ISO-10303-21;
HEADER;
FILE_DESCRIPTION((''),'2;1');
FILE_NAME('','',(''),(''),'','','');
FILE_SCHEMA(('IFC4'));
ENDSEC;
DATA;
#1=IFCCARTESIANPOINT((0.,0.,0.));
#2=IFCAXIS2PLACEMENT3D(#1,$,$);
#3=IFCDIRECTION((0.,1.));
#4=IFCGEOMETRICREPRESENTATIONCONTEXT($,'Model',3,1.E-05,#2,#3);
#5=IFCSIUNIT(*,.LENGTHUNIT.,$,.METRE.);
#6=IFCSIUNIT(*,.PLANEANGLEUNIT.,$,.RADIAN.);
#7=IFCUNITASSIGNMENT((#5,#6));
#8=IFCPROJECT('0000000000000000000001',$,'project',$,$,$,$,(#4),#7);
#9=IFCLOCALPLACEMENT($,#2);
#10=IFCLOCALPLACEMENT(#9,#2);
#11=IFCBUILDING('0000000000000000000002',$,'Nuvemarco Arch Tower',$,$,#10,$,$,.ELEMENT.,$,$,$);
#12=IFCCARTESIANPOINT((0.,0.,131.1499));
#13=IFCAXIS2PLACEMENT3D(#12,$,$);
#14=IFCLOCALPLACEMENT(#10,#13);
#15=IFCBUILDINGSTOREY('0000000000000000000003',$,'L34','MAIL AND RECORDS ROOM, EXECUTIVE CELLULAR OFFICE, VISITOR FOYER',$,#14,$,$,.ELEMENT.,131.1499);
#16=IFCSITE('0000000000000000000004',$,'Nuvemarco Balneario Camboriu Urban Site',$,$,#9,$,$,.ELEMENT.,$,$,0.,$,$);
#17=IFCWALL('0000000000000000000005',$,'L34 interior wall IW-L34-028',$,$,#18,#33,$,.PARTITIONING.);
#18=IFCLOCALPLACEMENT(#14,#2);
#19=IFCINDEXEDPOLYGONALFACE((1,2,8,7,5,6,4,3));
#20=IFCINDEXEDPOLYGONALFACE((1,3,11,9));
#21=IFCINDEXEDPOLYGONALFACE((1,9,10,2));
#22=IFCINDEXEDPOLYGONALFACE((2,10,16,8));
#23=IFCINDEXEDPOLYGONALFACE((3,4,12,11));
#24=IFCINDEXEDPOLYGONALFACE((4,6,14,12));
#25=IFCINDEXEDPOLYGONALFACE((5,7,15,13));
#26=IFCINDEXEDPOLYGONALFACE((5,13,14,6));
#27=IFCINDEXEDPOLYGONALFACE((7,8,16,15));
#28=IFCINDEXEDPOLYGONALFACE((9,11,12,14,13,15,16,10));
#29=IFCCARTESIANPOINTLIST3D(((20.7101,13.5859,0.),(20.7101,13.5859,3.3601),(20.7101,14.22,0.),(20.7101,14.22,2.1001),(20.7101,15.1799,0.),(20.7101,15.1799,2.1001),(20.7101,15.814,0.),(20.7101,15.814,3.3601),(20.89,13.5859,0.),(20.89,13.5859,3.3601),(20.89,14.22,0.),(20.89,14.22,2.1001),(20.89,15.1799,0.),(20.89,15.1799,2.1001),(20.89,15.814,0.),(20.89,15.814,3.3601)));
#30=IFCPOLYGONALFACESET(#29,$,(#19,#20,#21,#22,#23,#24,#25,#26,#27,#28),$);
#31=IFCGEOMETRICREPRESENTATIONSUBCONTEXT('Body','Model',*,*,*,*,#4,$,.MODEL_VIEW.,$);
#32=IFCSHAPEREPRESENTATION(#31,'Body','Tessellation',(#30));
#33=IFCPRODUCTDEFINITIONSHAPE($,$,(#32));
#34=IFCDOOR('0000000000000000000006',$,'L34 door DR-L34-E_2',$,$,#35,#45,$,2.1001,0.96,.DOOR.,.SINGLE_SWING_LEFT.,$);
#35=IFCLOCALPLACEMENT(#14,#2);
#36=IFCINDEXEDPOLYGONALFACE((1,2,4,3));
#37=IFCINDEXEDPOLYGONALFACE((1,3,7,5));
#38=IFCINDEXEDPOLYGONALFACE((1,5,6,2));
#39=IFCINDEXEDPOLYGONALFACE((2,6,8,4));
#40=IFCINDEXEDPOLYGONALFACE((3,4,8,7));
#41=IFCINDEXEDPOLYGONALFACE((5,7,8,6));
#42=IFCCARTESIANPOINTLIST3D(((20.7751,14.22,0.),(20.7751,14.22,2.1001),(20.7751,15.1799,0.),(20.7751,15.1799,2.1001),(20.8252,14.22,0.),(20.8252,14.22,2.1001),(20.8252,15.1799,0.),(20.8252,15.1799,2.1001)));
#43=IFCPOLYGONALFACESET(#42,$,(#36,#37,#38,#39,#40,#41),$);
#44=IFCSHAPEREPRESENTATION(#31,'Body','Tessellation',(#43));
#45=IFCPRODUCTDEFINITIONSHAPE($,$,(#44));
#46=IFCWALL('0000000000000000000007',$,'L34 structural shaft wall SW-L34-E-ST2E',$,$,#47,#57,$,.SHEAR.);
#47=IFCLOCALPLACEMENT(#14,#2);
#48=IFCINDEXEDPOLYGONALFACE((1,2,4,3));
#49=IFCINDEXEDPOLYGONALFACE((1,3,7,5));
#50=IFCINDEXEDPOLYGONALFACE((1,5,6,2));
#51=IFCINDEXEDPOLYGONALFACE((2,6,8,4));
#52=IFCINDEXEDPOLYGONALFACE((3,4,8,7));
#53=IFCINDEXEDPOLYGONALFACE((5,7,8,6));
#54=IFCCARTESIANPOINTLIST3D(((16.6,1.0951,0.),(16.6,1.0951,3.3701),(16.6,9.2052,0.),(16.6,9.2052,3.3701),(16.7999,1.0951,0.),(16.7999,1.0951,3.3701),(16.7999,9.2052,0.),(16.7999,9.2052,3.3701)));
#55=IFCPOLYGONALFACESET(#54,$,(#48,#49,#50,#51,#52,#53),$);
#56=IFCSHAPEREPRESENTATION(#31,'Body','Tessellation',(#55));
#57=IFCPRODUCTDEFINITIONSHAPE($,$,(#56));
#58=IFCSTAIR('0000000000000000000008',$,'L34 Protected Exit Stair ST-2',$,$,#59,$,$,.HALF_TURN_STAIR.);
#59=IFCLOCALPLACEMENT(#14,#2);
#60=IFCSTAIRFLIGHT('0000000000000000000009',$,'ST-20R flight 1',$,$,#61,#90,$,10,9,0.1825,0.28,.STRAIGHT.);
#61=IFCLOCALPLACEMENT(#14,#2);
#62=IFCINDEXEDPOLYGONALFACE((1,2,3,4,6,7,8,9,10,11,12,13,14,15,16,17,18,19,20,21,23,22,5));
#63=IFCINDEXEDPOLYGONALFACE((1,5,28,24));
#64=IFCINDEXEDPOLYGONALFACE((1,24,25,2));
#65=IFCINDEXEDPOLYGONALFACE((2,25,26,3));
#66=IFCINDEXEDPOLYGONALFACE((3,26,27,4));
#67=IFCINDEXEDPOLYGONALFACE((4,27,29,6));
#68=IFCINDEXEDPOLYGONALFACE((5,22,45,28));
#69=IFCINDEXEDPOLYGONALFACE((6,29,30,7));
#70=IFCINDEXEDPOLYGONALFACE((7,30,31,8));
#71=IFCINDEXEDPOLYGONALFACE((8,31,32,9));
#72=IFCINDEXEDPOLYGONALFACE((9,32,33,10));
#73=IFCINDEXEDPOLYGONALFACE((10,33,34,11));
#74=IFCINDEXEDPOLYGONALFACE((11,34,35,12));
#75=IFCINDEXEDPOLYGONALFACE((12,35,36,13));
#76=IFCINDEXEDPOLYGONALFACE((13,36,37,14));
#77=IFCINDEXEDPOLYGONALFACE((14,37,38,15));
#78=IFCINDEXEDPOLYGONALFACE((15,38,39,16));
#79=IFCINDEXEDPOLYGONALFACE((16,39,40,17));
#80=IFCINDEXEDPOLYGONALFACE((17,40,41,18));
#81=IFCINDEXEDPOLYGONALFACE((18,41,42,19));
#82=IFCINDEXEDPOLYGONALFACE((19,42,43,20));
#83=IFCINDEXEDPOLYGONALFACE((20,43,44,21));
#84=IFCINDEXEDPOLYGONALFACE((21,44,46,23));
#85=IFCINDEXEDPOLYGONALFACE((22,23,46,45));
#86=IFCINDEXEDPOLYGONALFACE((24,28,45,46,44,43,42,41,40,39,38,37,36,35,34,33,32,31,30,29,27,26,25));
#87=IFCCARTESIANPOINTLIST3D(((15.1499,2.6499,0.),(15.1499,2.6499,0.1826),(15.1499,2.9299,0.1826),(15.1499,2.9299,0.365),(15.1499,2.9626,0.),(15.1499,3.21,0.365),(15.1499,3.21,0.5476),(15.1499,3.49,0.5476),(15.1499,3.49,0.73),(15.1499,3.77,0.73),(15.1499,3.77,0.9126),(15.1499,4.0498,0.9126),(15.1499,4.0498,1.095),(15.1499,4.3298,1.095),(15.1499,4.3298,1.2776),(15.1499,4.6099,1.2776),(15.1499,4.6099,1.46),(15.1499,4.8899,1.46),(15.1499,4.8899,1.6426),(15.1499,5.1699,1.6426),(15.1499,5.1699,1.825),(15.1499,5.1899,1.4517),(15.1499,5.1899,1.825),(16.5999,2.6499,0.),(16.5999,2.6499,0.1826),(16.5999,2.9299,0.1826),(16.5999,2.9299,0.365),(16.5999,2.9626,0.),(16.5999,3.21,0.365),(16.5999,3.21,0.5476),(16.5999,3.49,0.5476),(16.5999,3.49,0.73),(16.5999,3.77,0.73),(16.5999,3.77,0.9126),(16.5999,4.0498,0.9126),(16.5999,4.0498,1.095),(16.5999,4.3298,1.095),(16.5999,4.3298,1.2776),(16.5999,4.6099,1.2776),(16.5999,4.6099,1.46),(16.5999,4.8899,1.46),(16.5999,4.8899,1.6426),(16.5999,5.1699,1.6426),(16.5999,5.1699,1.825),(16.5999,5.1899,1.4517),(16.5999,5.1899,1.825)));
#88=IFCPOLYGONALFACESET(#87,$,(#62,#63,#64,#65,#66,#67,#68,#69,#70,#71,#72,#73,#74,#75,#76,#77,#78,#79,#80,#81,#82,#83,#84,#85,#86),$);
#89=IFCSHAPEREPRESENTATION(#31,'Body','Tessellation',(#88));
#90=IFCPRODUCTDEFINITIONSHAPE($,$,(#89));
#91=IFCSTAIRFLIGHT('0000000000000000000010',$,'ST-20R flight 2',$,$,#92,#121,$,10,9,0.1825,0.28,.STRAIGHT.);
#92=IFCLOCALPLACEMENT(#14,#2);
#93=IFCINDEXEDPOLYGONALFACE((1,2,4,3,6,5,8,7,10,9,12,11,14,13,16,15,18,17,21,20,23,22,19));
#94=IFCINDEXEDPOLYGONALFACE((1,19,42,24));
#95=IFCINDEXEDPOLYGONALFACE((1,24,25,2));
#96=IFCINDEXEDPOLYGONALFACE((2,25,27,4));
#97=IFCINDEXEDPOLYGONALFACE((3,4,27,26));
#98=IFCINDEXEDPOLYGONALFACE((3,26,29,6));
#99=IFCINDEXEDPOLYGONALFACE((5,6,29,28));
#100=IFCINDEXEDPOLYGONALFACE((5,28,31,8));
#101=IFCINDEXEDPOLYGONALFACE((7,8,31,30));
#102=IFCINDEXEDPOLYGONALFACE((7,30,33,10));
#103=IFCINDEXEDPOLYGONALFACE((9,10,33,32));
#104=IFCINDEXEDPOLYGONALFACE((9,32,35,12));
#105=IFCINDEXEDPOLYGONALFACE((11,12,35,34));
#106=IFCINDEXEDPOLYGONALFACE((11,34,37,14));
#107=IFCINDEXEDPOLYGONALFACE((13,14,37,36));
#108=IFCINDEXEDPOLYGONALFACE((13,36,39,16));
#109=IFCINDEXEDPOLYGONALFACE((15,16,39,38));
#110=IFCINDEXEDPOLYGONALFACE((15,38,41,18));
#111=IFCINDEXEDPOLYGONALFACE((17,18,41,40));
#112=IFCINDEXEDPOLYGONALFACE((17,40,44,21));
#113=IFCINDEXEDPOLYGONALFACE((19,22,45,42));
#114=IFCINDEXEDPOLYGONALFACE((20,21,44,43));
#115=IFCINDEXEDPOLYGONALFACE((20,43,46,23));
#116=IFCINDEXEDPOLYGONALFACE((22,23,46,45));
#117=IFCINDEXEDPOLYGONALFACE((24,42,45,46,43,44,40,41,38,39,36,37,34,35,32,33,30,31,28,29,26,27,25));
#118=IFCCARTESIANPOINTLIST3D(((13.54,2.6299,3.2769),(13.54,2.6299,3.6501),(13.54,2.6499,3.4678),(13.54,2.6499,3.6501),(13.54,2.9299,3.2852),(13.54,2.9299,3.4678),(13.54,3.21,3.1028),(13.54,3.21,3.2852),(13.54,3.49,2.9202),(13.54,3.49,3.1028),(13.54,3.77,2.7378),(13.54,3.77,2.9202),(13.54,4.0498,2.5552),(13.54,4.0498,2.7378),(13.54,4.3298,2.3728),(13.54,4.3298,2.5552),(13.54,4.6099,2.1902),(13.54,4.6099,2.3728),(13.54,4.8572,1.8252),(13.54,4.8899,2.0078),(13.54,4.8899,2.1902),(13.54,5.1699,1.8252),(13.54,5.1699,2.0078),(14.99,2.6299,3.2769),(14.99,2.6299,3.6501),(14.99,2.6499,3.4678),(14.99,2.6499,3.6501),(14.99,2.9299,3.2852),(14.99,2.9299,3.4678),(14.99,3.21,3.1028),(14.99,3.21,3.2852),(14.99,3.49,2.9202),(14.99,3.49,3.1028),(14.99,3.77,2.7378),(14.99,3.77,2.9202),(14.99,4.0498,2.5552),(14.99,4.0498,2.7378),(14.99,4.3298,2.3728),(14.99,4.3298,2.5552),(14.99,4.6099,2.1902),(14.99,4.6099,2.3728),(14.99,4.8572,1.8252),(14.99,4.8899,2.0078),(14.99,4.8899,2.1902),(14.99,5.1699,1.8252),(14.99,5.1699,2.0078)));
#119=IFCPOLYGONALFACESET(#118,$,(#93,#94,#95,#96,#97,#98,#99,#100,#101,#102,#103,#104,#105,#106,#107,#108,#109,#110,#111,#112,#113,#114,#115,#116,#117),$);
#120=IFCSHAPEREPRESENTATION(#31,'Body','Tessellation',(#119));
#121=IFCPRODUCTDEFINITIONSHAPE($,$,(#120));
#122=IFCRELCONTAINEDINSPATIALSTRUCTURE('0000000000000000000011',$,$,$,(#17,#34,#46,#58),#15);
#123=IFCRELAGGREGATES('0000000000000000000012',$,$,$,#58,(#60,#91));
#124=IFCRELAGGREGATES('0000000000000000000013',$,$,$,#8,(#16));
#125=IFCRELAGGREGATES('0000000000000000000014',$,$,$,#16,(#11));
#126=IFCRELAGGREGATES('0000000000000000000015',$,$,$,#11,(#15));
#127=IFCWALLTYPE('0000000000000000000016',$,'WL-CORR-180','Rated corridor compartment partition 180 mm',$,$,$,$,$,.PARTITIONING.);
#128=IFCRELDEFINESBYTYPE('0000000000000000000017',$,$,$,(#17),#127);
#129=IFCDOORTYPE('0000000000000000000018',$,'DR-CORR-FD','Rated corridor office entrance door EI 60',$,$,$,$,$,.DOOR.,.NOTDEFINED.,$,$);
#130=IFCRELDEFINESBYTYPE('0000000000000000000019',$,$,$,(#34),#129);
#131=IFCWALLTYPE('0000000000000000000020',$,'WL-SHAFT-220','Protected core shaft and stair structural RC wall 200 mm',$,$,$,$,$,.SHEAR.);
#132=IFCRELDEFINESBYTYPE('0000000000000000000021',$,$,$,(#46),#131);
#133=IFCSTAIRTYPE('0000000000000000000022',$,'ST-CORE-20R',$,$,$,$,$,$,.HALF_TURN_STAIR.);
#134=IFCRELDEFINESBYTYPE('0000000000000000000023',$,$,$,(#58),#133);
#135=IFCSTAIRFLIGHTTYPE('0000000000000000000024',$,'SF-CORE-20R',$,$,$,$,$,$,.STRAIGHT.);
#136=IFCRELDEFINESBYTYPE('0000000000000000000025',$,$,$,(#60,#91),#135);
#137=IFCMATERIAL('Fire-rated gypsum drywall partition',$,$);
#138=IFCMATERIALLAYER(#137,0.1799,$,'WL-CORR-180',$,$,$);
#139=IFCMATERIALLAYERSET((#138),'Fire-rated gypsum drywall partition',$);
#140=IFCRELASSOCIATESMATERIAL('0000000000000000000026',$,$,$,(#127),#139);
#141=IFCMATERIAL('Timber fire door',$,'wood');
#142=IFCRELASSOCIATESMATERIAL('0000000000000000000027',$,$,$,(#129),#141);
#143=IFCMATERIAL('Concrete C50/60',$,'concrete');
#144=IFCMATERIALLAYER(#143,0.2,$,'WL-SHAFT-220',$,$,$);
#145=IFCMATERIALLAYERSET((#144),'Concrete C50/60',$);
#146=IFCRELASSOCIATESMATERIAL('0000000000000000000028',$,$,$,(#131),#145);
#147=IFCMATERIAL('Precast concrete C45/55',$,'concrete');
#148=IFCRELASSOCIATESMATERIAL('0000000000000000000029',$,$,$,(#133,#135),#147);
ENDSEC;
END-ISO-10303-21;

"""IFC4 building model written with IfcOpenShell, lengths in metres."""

from ifc_helpers import new_model, si_unit, direction, frame, frame_2d, origin, place, context, subcontext, project, spatial, polyline, rectangle, outline, extrude, source, transform, mapped, material, layer, layer_set, type_object, type_shapes, element, fill, aggregate, save


model = new_model("IFC4")

# Units and contexts
model_context = context("Model", 3, precision=1e-05, world=origin(), true_north=direction((0.0, 1.0)))
body_context = subcontext(model_context, "Body", "Model", "MODEL_VIEW")
ifc_project = project(units=[si_unit("LENGTHUNIT", "METRE"), si_unit("PLANEANGLEUNIT", "RADIAN")], contexts=[model_context])

# Site, building, storey
site_placement = place(None, origin())
site = spatial("IfcSite", under=ifc_project, at=site_placement, Name="Nuvemarco Balneario Camboriu Urban Site", CompositionType="ELEMENT", RefElevation=0.0)
building_placement = place(site_placement, origin())
building = spatial("IfcBuilding", under=site, at=building_placement, Name="Nuvemarco Arch Tower", CompositionType="ELEMENT")
storey_placement = place(building_placement, frame((0.0, 0.0, 131.1499)))
storey = spatial("IfcBuildingStorey", under=building, at=storey_placement, Name="L34", Description="MAIL AND RECORDS ROOM, EXECUTIVE CELLULAR OFFICE, VISITOR FOYER", CompositionType="ELEMENT", Elevation=131.1499)

# Shared definitions
ifc_material_1 = material(Name="Concrete C50/60", Category="concrete")

# Shared definitions
ifc_material_2 = material(Name="Precast concrete C45/55", Category="concrete")

# Shared definitions
ifc_material_3 = material(Name="Fire-rated gypsum drywall partition")
ifc_layer_1 = layer(ifc_material_3, 0.1799, Name="WL-CORR-180")
ifc_layer_set_1 = layer_set([ifc_layer_1], Name="Fire-rated gypsum drywall partition")
wall_type_1 = type_object("IfcWallType", Name="WL-CORR-180", Description="Rated corridor compartment partition 180 mm", PredefinedType="PARTITIONING", material=ifc_layer_set_1)

# Wall, opening, door
wall_1_placement = place(storey_placement, frame((20.8, 13.5859, 0.0), z_axis=(0.0, 0.0, 1.0), x_axis=(0.0, 1.0, 0.0)))
wall_1 = element("IfcWall", 1, at=wall_1_placement, inside=storey, type_object=wall_type_1, Name="L34 interior wall IW-L34-028", PredefinedType="PARTITIONING", context=body_context, shape_type="SweptSolid", body=[
    extrude(rectangle(XDim=2.228, YDim=0.1799, at=frame_2d((1.114, 0.0))), origin(), (0.0, 0.0, 1.0), 3.3601),
])
opening_placement = place(wall_1_placement, frame((0.634, 0.0, 0.0)))
opening = element("IfcOpeningElement", 2, at=opening_placement, cuts=wall_1, PredefinedType="OPENING", context=body_context, shape_type="SweptSolid", body=[
    extrude(rectangle(XDim=0.96, YDim=2.1001, at=frame_2d((0.48, 1.05))), frame((0.0, 0.0999, 0.0), z_axis=(0.0, -1.0, 0.0), x_axis=(1.0, 0.0, 0.0)), (0.0, 0.0, 1.0), 0.2),
])
ifc_material_4 = material(Name="Timber fire door", Category="wood")
door_type = type_object("IfcDoorType", Name="DR-CORR-FD", Description="Rated corridor office entrance door EI 60", OperationType="NOTDEFINED", PredefinedType="DOOR", material=ifc_material_4)
shared_shape_1 = source(origin(), body_context, "Body", "SweptSolid", [
    extrude(rectangle(XDim=0.96, YDim=2.1001, at=frame_2d((0.48, 1.05))), frame((0.0, 0.0249, 0.0), z_axis=(0.0, -1.0, 0.0), x_axis=(1.0, 0.0, 0.0)), (0.0, 0.0, 1.0), 0.05),
])
type_shapes(door_type, [shared_shape_1])
door_placement = place(opening_placement, origin())
door = element("IfcDoor", 3, at=door_placement, inside=storey, type_object=door_type, Name="L34 door DR-L34-E_2", OperationType="SINGLE_SWING_LEFT", OverallHeight=2.1001, OverallWidth=0.96, PredefinedType="DOOR", context=body_context, shape_type="MappedRepresentation", body=[
    mapped(shared_shape_1, transform((0.0, 0.0, 0.0), scale=1.0)),
])
fill(opening, door)

# Wall
ifc_layer_2 = layer(ifc_material_1, 0.2, Name="WL-SHAFT-220")
ifc_layer_set_2 = layer_set([ifc_layer_2], Name="Concrete C50/60")
wall_type_2 = type_object("IfcWallType", Name="WL-SHAFT-220", Description="Protected core shaft and stair structural RC wall 200 mm", PredefinedType="SHEAR", material=ifc_layer_set_2)
wall_2_placement = place(storey_placement, frame((16.7, 1.095, 0.0), z_axis=(0.0, 0.0, 1.0), x_axis=(0.0, 1.0, 0.0)))
element("IfcWall", 4, at=wall_2_placement, inside=storey, type_object=wall_type_2, Name="L34 structural shaft wall SW-L34-E-ST2E", PredefinedType="SHEAR", context=body_context, shape_type="SweptSolid", body=[
    extrude(rectangle(XDim=8.1101, YDim=0.2, at=frame_2d((4.0552, 0.0))), origin(), (0.0, 0.0, 1.0), 3.3701),
])

# Stair, stair flights
stair_type = type_object("IfcStairType", Name="ST-CORE-20R", PredefinedType="HALF_TURN_STAIR", material=ifc_material_2)
stair_placement = place(storey_placement, origin())
stair = element("IfcStair", 5, at=stair_placement, inside=storey, type_object=stair_type, Name="L34 Protected Exit Stair ST-2", PredefinedType="HALF_TURN_STAIR")
stair_flight_type = type_object("IfcStairFlightType", Name="SF-CORE-20R", PredefinedType="STRAIGHT", material=ifc_material_2)
stair_flight_1_placement = place(storey_placement, frame((15.875, 2.6499, 0.0), z_axis=(0.0, 0.0, 1.0), x_axis=(0.0, 1.0, 0.0)))
stair_flight_1 = element("IfcStairFlight", 6, at=stair_flight_1_placement, type_object=stair_flight_type, Name="ST-20R flight 1", NumberOfRisers=10, NumberOfTreads=9, PredefinedType="STRAIGHT", RiserHeight=0.1825, TreadLength=0.28, context=body_context, shape_type="SweptSolid", body=[
    extrude(outline(polyline([(0.0, 0.0), (0.0, 0.1826), (0.28, 0.1826), (0.28, 0.365), (0.5601, 0.365), (0.5601, 0.5476), (0.8401, 0.5476), (0.8401, 0.73), (1.1201, 0.73), (1.1201, 0.9126), (1.3999, 0.9126), (1.3999, 1.095), (1.6799, 1.095), (1.6799, 1.2776), (1.96, 1.2776), (1.96, 1.46), (2.24, 1.46), (2.24, 1.6426), (2.52, 1.6426), (2.52, 1.825), (2.54, 1.825), (2.54, 1.4517), (0.3127, 0.0), (0.0, 0.0)])), frame((0.0, 0.7251, 0.0), z_axis=(0.0, -1.0, 0.0), x_axis=(1.0, 0.0, 0.0)), (0.0, 0.0, 1.0), 1.45),
])
stair_flight_2_placement = place(storey_placement, frame((14.2649, 5.1699, 1.8252), z_axis=(0.0, 0.0, 1.0), x_axis=(0.0, -1.0, 0.0)))
stair_flight_2 = element("IfcStairFlight", 7, at=stair_flight_2_placement, type_object=stair_flight_type, Name="ST-20R flight 2", NumberOfRisers=10, NumberOfTreads=9, PredefinedType="STRAIGHT", RiserHeight=0.1825, TreadLength=0.28, context=body_context, shape_type="SweptSolid", body=[
    extrude(outline(polyline([(0.0, 0.0), (0.0, 0.1826), (0.28, 0.1826), (0.28, 0.365), (0.5601, 0.365), (0.5601, 0.5476), (0.8401, 0.5476), (0.8401, 0.73), (1.1201, 0.73), (1.1201, 0.9126), (1.3999, 0.9126), (1.3999, 1.095), (1.6799, 1.095), (1.6799, 1.2776), (1.96, 1.2776), (1.96, 1.46), (2.24, 1.46), (2.24, 1.6426), (2.52, 1.6426), (2.52, 1.825), (2.54, 1.825), (2.54, 1.4517), (0.3127, 0.0), (0.0, 0.0)])), frame((0.0, 0.7251, 0.0), z_axis=(0.0, -1.0, 0.0), x_axis=(1.0, 0.0, 0.0)), (0.0, 0.0, 1.0), 1.45),
])
aggregate(stair, [stair_flight_1, stair_flight_2])

save(model, "model.ifc")
